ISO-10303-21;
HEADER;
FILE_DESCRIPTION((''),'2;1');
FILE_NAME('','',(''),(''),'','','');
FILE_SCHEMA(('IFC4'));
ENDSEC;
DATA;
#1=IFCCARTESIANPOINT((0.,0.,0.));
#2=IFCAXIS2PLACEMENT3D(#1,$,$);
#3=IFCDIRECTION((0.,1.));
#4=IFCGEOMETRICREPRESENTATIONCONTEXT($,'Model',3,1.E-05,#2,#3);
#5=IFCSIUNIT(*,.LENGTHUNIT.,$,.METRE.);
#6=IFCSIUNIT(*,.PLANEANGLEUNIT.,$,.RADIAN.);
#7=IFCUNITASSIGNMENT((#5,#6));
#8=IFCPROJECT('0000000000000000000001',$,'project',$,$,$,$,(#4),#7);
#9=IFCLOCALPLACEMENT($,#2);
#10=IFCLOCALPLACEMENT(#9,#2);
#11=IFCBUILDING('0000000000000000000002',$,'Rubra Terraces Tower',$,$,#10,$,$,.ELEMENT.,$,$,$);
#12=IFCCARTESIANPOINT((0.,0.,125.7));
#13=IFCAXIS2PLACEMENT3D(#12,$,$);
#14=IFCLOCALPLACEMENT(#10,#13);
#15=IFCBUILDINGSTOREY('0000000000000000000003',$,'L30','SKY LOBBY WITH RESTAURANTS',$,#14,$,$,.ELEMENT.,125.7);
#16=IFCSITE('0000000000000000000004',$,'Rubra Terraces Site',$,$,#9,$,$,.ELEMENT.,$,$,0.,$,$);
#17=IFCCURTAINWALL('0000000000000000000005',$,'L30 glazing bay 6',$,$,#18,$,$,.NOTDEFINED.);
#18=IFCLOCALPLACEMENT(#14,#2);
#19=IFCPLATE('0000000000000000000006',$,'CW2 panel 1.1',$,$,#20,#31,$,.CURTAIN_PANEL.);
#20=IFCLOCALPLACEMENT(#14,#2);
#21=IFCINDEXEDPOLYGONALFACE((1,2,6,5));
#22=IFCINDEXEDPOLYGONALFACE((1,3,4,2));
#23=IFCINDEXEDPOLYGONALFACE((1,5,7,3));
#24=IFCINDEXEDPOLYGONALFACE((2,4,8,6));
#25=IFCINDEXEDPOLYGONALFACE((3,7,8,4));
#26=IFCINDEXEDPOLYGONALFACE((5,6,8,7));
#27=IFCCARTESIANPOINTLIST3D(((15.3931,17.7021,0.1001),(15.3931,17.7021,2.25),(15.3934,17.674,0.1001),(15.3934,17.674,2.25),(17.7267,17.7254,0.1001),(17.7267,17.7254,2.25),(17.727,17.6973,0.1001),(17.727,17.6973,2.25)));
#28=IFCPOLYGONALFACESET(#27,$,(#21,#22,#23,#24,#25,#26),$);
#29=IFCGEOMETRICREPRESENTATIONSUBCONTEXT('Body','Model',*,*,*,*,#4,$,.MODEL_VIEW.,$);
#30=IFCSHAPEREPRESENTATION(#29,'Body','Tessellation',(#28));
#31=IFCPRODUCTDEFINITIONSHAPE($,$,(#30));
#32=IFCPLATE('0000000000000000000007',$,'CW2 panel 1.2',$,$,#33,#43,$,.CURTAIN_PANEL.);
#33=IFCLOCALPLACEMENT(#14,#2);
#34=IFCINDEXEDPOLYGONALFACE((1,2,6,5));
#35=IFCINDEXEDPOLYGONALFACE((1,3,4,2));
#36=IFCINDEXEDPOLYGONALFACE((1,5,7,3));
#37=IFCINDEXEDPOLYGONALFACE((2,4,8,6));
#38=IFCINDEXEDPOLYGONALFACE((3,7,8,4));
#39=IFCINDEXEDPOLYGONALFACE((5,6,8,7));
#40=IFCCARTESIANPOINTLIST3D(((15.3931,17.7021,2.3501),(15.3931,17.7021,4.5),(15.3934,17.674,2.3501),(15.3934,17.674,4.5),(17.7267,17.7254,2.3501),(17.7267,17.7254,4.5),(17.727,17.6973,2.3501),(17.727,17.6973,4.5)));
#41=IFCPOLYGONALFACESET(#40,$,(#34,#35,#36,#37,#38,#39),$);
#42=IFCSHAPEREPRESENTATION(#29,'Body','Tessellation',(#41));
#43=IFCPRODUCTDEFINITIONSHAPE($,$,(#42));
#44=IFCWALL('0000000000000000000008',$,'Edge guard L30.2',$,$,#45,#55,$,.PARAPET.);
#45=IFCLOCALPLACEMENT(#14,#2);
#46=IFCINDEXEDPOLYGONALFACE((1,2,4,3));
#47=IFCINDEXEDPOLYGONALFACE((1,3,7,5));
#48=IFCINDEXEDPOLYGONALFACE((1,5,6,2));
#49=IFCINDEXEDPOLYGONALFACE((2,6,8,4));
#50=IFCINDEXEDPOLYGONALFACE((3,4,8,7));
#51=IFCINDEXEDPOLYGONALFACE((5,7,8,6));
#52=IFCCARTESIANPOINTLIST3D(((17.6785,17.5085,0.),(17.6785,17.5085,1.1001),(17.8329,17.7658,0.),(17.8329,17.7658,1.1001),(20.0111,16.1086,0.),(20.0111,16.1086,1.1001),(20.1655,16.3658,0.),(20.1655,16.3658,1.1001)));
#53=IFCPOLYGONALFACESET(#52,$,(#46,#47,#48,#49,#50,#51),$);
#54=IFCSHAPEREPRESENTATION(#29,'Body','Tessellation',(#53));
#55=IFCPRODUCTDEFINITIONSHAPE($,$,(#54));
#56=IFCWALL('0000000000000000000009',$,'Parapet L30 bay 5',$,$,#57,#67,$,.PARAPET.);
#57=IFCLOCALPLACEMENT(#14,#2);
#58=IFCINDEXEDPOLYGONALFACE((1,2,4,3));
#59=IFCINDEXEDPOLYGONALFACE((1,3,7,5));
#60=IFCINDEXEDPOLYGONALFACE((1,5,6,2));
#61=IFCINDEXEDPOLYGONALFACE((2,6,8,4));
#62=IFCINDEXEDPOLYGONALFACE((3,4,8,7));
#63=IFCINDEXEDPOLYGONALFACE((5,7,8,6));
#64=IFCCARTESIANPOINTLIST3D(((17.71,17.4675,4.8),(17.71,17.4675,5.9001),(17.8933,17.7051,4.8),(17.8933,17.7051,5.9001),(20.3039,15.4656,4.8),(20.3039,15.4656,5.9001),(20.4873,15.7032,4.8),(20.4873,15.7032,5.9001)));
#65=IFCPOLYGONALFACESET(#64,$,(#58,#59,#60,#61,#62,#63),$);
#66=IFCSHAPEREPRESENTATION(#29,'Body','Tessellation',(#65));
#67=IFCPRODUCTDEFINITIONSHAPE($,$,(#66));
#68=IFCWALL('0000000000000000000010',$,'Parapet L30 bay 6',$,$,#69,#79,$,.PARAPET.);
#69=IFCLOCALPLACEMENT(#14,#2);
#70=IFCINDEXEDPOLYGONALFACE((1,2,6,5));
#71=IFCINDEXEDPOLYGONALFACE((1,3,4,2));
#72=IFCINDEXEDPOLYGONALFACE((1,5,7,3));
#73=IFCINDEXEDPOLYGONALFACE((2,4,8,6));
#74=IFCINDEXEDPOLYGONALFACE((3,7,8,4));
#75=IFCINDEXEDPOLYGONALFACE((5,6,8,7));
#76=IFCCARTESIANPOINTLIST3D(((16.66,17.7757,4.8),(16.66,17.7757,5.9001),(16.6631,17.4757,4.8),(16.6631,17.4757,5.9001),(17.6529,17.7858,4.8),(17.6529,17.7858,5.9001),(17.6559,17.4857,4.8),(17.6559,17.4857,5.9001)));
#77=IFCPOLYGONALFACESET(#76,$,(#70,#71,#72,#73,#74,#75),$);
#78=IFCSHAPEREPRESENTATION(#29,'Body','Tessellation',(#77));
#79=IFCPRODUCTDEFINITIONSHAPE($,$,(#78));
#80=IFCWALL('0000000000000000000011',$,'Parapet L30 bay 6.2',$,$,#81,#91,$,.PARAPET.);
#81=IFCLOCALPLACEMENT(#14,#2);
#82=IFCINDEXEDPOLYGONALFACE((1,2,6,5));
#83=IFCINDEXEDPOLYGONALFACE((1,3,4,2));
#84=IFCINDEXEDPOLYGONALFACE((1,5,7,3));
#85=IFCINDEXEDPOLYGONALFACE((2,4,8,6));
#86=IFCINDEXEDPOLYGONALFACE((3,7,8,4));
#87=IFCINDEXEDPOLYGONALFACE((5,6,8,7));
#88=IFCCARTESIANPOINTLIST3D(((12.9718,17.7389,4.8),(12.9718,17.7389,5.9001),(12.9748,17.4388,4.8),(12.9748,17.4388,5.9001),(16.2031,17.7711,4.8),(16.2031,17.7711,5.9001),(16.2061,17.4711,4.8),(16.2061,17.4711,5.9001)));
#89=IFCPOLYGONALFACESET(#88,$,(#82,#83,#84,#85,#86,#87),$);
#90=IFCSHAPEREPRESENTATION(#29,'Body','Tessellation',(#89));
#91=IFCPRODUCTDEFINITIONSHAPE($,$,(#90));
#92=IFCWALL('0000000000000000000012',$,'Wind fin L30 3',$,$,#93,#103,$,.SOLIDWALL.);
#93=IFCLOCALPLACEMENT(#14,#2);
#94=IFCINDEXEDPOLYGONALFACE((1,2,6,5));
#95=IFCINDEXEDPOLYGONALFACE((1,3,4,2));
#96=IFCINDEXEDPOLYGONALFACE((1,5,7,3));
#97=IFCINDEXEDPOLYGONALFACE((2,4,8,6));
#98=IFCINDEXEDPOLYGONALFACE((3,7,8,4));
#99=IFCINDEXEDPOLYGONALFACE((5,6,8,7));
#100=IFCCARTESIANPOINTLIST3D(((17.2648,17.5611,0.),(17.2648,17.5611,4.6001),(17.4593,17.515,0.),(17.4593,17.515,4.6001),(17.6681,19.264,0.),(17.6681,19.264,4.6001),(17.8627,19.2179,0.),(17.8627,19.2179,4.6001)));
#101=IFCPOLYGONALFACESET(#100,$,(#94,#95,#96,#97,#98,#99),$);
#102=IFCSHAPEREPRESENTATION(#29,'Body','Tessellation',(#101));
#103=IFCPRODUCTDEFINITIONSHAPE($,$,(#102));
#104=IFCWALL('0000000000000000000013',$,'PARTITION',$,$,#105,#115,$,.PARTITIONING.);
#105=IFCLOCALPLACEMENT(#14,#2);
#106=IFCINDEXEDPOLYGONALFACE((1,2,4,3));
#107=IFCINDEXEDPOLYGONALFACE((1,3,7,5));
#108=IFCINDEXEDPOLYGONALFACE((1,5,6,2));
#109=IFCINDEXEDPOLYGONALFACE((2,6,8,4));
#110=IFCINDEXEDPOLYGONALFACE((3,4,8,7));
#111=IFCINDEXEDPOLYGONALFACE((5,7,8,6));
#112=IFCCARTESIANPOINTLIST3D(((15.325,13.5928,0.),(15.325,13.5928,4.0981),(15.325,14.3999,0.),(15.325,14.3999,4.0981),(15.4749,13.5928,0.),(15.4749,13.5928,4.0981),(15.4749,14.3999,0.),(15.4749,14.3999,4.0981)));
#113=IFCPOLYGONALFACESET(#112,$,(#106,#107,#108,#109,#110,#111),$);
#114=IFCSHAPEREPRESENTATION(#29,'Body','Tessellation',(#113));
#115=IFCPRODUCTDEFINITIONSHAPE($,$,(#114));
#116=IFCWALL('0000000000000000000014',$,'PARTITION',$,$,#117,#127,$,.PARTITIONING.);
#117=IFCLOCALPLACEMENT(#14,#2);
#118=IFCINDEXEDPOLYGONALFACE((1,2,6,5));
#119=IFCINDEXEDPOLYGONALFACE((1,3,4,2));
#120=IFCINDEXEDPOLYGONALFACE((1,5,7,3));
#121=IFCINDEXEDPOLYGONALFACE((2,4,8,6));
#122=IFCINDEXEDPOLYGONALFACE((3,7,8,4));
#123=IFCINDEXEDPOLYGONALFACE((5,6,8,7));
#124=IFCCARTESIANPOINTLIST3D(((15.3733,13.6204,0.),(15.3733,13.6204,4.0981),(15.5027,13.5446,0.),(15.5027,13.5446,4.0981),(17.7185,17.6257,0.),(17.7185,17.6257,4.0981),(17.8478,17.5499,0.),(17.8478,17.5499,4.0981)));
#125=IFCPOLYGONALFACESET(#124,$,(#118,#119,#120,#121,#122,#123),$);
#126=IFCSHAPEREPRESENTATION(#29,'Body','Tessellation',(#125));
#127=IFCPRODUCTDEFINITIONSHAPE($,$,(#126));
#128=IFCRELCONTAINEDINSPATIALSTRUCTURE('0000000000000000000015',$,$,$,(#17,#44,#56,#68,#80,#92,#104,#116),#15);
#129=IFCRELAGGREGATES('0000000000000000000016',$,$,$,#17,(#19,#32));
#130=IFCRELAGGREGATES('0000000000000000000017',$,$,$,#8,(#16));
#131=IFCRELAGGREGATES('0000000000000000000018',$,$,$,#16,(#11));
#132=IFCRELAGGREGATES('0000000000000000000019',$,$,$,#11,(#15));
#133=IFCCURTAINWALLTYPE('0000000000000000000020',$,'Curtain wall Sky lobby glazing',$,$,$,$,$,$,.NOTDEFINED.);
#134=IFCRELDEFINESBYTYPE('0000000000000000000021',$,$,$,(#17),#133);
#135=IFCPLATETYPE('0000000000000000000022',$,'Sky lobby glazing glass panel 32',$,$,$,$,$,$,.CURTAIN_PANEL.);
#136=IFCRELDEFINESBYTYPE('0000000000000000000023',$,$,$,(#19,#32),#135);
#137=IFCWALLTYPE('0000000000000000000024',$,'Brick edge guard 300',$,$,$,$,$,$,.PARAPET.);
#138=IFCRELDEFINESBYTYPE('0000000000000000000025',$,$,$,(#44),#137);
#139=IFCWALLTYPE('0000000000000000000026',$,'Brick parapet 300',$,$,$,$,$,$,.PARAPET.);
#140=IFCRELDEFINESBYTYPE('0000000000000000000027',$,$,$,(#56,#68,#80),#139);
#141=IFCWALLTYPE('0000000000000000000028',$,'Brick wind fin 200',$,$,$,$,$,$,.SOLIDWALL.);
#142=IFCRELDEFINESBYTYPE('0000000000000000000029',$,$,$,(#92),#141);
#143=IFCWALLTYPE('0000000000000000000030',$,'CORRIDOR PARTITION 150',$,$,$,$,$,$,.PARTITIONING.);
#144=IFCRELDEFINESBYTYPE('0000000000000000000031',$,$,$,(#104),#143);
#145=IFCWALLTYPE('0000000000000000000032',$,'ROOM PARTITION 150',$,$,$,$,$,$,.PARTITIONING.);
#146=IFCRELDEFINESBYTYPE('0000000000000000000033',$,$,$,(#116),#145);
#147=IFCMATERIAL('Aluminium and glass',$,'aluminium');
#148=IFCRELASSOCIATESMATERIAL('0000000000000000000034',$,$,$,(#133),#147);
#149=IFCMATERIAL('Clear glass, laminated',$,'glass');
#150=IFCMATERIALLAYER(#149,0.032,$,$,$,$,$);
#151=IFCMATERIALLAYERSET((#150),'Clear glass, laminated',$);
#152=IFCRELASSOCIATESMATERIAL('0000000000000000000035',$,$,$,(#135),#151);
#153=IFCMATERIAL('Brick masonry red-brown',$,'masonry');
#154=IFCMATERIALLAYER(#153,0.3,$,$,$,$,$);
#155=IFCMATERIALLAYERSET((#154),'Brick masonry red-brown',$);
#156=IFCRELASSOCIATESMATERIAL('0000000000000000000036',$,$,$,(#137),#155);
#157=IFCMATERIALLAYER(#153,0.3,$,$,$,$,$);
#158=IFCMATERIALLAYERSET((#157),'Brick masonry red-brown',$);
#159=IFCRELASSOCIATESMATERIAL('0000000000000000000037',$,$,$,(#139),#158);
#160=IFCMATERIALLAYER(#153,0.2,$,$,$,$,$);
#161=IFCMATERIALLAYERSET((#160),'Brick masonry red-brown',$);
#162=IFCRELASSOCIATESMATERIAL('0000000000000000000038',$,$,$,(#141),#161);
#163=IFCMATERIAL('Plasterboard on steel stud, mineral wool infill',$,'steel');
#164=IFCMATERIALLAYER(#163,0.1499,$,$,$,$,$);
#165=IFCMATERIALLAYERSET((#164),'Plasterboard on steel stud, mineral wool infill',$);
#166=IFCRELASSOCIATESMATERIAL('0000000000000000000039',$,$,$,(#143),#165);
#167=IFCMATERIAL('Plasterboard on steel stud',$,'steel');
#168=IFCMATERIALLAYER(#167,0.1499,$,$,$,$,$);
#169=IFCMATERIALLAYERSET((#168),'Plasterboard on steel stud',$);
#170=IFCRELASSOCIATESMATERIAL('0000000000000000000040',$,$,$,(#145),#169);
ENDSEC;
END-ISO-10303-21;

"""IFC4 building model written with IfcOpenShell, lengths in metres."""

from ifc_helpers import new_model, si_unit, direction, frame, frame_2d, origin, origin_2d, place, context, subcontext, project, spatial, rectangle, extrude, material, layer, layer_set, type_object, element, aggregate, save


model = new_model("IFC4")

# Units and contexts
model_context = context("Model", 3, precision=1e-05, world=origin(), true_north=direction((0.0, 1.0)))
body_context = subcontext(model_context, "Body", "Model", "MODEL_VIEW")
ifc_project = project(units=[si_unit("LENGTHUNIT", "METRE"), si_unit("PLANEANGLEUNIT", "RADIAN")], contexts=[model_context])

# Site, building, storey
site_placement = place(None, origin())
site = spatial("IfcSite", under=ifc_project, at=site_placement, Name="Rubra Terraces Site", CompositionType="ELEMENT", RefElevation=0.0)
building_placement = place(site_placement, origin())
building = spatial("IfcBuilding", under=site, at=building_placement, Name="Rubra Terraces Tower", CompositionType="ELEMENT")
storey_placement = place(building_placement, frame((0.0, 0.0, 125.7)))
storey = spatial("IfcBuildingStorey", under=building, at=storey_placement, Name="L30", Description="SKY LOBBY WITH RESTAURANTS", CompositionType="ELEMENT", Elevation=125.7)

# Shared definitions
ifc_material_1 = material(Name="Aluminium and glass", Category="aluminium")
curtain_wall_type = type_object("IfcCurtainWallType", Name="Curtain wall Sky lobby glazing", PredefinedType="NOTDEFINED", material=ifc_material_1)

# Curtain wall
curtain_wall_1_placement = place(storey_placement, origin())
curtain_wall_1 = element("IfcCurtainWall", 1, at=curtain_wall_1_placement, inside=storey, type_object=curtain_wall_type, Name="L30 glazing bay 6", PredefinedType="NOTDEFINED")

# Plates
ifc_material_2 = material(Name="Clear glass, laminated", Category="glass")
ifc_layer_1 = layer(ifc_material_2, 0.032)
ifc_layer_set_1 = layer_set([ifc_layer_1], Name="Clear glass, laminated")
plate_type = type_object("IfcPlateType", Name="Sky lobby glazing glass panel 32", PredefinedType="CURTAIN_PANEL", material=ifc_layer_set_1)
plate_1_placement = place(storey_placement, frame((16.5601, 17.6997, 0.1001), z_axis=(0.0, 0.0, 1.0), x_axis=(-0.99995, -0.009984, 0.0)))
plate_1 = element("IfcPlate", 2, at=plate_1_placement, type_object=plate_type, Name="CW2 panel 1.1", PredefinedType="CURTAIN_PANEL", context=body_context, shape_type="SweptSolid", body=[
    extrude(rectangle(XDim=2.3337, YDim=0.0281, at=origin_2d()), origin(), (0.0, 0.0, 1.0), 2.1499),
])
plate_2_placement = place(storey_placement, frame((16.5601, 17.6997, 2.3501), z_axis=(0.0, 0.0, 1.0), x_axis=(-0.99995, -0.009984, 0.0)))
plate_2 = element("IfcPlate", 3, at=plate_2_placement, type_object=plate_type, Name="CW2 panel 1.2", PredefinedType="CURTAIN_PANEL", context=body_context, shape_type="SweptSolid", body=[
    extrude(rectangle(XDim=2.3337, YDim=0.0281, at=origin_2d()), origin(), (0.0, 0.0, 1.0), 2.1499),
])
aggregate(curtain_wall_1, [plate_1, plate_2])

# Walls
ifc_material_3 = material(Name="Brick masonry red-brown", Category="masonry")
ifc_layer_2 = layer(ifc_material_3, 0.3)
ifc_layer_set_2 = layer_set([ifc_layer_2], Name="Brick masonry red-brown")
wall_type_1 = type_object("IfcWallType", Name="Brick edge guard 300", PredefinedType="PARAPET", material=ifc_layer_set_2)
wall_1_placement = place(storey_placement, frame((17.7556, 17.6372, 0.0), z_axis=(0.0, 0.0, 1.0), x_axis=(0.85743, -0.514601, 0.0)))
element("IfcWall", 4, at=wall_1_placement, inside=storey, type_object=wall_type_1, Name="Edge guard L30.2", PredefinedType="PARAPET", context=body_context, shape_type="SweptSolid", body=[
    extrude(rectangle(XDim=2.7205, YDim=0.3, at=frame_2d((1.3604, 0.0))), origin(), (0.0, 0.0, 1.0), 1.1001),
])
ifc_layer_3 = layer(ifc_material_3, 0.3)
ifc_layer_set_3 = layer_set([ifc_layer_3], Name="Brick masonry red-brown")
wall_type_2 = type_object("IfcWallType", Name="Brick parapet 300", PredefinedType="PARAPET", material=ifc_layer_set_3)
wall_2_placement = place(storey_placement, frame((20.3955, 15.5845, 4.8), z_axis=(0.0, 0.0, 1.0), x_axis=(-0.791654, 0.61097, 0.0)))
element("IfcWall", 5, at=wall_2_placement, inside=storey, type_object=wall_type_2, Name="Parapet L30 bay 5", PredefinedType="PARAPET", context=body_context, shape_type="SweptSolid", body=[
    extrude(rectangle(XDim=3.2766, YDim=0.3, at=frame_2d((1.6382, 0.0))), origin(), (0.0, 0.0, 1.0), 1.1001),
])
wall_3_placement = place(storey_placement, frame((17.6545, 17.6357, 4.8), z_axis=(0.0, 0.0, 1.0), x_axis=(-0.999949, -0.010081, 0.0)))
element("IfcWall", 6, at=wall_3_placement, inside=storey, type_object=wall_type_2, Name="Parapet L30 bay 6", PredefinedType="PARAPET", context=body_context, shape_type="SweptSolid", body=[
    extrude(rectangle(XDim=0.9929, YDim=0.3, at=frame_2d((0.4966, 0.0))), origin(), (0.0, 0.0, 1.0), 1.1001),
])
wall_4_placement = place(storey_placement, frame((16.2046, 17.6211, 4.8), z_axis=(0.0, 0.0, 1.0), x_axis=(-0.99995, -0.009973, 0.0)))
element("IfcWall", 7, at=wall_4_placement, inside=storey, type_object=wall_type_2, Name="Parapet L30 bay 6.2", PredefinedType="PARAPET", context=body_context, shape_type="SweptSolid", body=[
    extrude(rectangle(XDim=3.2314, YDim=0.3, at=frame_2d((1.6157, 0.0))), origin(), (0.0, 0.0, 1.0), 1.1001),
])
ifc_layer_4 = layer(ifc_material_3, 0.2)
ifc_layer_set_4 = layer_set([ifc_layer_4], Name="Brick masonry red-brown")
wall_type_3 = type_object("IfcWallType", Name="Brick wind fin 200", PredefinedType="SOLIDWALL", material=ifc_layer_set_4)
wall_5_placement = place(storey_placement, frame((17.3621, 17.5381, 0.0), z_axis=(0.0, 0.0, 1.0), x_axis=(0.23047, 0.973079, 0.0)))
element("IfcWall", 8, at=wall_5_placement, inside=storey, type_object=wall_type_3, Name="Wind fin L30 3", PredefinedType="SOLIDWALL", context=body_context, shape_type="SweptSolid", body=[
    extrude(rectangle(XDim=1.75, YDim=0.2, at=frame_2d((0.875, 0.0))), origin(), (0.0, 0.0, 1.0), 4.6001),
])
ifc_material_4 = material(Name="Plasterboard on steel stud, mineral wool infill", Category="steel")
ifc_layer_5 = layer(ifc_material_4, 0.1499)
ifc_layer_set_5 = layer_set([ifc_layer_5], Name="Plasterboard on steel stud, mineral wool infill")
wall_type_4 = type_object("IfcWallType", Name="CORRIDOR PARTITION 150", PredefinedType="PARTITIONING", material=ifc_layer_set_5)
wall_6_placement = place(storey_placement, frame((15.3999, 13.5928, 0.0), z_axis=(0.0, 0.0, 1.0), x_axis=(0.0, 1.0, 0.0)))
element("IfcWall", 9, at=wall_6_placement, inside=storey, type_object=wall_type_4, Name="PARTITION", PredefinedType="PARTITIONING", context=body_context, shape_type="SweptSolid", body=[
    extrude(rectangle(XDim=0.8071, YDim=0.1499, at=frame_2d((0.4036, 0.0))), origin(), (0.0, 0.0, 1.0), 4.0981),
])
ifc_material_5 = material(Name="Plasterboard on steel stud", Category="steel")
ifc_layer_6 = layer(ifc_material_5, 0.1499)
ifc_layer_set_6 = layer_set([ifc_layer_6], Name="Plasterboard on steel stud")
wall_type_5 = type_object("IfcWallType", Name="ROOM PARTITION 150", PredefinedType="PARTITIONING", material=ifc_layer_set_6)
wall_7_placement = place(storey_placement, frame((17.7832, 17.5879, 0.0), z_axis=(0.0, 0.0, 1.0), x_axis=(-0.505277, -0.862957, 0.0)))
element("IfcWall", 10, at=wall_7_placement, inside=storey, type_object=wall_type_5, Name="PARTITION", PredefinedType="PARTITIONING", context=body_context, shape_type="SweptSolid", body=[
    extrude(rectangle(XDim=4.6414, YDim=0.1499, at=frame_2d((2.3208, 0.0))), origin(), (0.0, 0.0, 1.0), 4.0981),
])

save(model, "model.ifc")
